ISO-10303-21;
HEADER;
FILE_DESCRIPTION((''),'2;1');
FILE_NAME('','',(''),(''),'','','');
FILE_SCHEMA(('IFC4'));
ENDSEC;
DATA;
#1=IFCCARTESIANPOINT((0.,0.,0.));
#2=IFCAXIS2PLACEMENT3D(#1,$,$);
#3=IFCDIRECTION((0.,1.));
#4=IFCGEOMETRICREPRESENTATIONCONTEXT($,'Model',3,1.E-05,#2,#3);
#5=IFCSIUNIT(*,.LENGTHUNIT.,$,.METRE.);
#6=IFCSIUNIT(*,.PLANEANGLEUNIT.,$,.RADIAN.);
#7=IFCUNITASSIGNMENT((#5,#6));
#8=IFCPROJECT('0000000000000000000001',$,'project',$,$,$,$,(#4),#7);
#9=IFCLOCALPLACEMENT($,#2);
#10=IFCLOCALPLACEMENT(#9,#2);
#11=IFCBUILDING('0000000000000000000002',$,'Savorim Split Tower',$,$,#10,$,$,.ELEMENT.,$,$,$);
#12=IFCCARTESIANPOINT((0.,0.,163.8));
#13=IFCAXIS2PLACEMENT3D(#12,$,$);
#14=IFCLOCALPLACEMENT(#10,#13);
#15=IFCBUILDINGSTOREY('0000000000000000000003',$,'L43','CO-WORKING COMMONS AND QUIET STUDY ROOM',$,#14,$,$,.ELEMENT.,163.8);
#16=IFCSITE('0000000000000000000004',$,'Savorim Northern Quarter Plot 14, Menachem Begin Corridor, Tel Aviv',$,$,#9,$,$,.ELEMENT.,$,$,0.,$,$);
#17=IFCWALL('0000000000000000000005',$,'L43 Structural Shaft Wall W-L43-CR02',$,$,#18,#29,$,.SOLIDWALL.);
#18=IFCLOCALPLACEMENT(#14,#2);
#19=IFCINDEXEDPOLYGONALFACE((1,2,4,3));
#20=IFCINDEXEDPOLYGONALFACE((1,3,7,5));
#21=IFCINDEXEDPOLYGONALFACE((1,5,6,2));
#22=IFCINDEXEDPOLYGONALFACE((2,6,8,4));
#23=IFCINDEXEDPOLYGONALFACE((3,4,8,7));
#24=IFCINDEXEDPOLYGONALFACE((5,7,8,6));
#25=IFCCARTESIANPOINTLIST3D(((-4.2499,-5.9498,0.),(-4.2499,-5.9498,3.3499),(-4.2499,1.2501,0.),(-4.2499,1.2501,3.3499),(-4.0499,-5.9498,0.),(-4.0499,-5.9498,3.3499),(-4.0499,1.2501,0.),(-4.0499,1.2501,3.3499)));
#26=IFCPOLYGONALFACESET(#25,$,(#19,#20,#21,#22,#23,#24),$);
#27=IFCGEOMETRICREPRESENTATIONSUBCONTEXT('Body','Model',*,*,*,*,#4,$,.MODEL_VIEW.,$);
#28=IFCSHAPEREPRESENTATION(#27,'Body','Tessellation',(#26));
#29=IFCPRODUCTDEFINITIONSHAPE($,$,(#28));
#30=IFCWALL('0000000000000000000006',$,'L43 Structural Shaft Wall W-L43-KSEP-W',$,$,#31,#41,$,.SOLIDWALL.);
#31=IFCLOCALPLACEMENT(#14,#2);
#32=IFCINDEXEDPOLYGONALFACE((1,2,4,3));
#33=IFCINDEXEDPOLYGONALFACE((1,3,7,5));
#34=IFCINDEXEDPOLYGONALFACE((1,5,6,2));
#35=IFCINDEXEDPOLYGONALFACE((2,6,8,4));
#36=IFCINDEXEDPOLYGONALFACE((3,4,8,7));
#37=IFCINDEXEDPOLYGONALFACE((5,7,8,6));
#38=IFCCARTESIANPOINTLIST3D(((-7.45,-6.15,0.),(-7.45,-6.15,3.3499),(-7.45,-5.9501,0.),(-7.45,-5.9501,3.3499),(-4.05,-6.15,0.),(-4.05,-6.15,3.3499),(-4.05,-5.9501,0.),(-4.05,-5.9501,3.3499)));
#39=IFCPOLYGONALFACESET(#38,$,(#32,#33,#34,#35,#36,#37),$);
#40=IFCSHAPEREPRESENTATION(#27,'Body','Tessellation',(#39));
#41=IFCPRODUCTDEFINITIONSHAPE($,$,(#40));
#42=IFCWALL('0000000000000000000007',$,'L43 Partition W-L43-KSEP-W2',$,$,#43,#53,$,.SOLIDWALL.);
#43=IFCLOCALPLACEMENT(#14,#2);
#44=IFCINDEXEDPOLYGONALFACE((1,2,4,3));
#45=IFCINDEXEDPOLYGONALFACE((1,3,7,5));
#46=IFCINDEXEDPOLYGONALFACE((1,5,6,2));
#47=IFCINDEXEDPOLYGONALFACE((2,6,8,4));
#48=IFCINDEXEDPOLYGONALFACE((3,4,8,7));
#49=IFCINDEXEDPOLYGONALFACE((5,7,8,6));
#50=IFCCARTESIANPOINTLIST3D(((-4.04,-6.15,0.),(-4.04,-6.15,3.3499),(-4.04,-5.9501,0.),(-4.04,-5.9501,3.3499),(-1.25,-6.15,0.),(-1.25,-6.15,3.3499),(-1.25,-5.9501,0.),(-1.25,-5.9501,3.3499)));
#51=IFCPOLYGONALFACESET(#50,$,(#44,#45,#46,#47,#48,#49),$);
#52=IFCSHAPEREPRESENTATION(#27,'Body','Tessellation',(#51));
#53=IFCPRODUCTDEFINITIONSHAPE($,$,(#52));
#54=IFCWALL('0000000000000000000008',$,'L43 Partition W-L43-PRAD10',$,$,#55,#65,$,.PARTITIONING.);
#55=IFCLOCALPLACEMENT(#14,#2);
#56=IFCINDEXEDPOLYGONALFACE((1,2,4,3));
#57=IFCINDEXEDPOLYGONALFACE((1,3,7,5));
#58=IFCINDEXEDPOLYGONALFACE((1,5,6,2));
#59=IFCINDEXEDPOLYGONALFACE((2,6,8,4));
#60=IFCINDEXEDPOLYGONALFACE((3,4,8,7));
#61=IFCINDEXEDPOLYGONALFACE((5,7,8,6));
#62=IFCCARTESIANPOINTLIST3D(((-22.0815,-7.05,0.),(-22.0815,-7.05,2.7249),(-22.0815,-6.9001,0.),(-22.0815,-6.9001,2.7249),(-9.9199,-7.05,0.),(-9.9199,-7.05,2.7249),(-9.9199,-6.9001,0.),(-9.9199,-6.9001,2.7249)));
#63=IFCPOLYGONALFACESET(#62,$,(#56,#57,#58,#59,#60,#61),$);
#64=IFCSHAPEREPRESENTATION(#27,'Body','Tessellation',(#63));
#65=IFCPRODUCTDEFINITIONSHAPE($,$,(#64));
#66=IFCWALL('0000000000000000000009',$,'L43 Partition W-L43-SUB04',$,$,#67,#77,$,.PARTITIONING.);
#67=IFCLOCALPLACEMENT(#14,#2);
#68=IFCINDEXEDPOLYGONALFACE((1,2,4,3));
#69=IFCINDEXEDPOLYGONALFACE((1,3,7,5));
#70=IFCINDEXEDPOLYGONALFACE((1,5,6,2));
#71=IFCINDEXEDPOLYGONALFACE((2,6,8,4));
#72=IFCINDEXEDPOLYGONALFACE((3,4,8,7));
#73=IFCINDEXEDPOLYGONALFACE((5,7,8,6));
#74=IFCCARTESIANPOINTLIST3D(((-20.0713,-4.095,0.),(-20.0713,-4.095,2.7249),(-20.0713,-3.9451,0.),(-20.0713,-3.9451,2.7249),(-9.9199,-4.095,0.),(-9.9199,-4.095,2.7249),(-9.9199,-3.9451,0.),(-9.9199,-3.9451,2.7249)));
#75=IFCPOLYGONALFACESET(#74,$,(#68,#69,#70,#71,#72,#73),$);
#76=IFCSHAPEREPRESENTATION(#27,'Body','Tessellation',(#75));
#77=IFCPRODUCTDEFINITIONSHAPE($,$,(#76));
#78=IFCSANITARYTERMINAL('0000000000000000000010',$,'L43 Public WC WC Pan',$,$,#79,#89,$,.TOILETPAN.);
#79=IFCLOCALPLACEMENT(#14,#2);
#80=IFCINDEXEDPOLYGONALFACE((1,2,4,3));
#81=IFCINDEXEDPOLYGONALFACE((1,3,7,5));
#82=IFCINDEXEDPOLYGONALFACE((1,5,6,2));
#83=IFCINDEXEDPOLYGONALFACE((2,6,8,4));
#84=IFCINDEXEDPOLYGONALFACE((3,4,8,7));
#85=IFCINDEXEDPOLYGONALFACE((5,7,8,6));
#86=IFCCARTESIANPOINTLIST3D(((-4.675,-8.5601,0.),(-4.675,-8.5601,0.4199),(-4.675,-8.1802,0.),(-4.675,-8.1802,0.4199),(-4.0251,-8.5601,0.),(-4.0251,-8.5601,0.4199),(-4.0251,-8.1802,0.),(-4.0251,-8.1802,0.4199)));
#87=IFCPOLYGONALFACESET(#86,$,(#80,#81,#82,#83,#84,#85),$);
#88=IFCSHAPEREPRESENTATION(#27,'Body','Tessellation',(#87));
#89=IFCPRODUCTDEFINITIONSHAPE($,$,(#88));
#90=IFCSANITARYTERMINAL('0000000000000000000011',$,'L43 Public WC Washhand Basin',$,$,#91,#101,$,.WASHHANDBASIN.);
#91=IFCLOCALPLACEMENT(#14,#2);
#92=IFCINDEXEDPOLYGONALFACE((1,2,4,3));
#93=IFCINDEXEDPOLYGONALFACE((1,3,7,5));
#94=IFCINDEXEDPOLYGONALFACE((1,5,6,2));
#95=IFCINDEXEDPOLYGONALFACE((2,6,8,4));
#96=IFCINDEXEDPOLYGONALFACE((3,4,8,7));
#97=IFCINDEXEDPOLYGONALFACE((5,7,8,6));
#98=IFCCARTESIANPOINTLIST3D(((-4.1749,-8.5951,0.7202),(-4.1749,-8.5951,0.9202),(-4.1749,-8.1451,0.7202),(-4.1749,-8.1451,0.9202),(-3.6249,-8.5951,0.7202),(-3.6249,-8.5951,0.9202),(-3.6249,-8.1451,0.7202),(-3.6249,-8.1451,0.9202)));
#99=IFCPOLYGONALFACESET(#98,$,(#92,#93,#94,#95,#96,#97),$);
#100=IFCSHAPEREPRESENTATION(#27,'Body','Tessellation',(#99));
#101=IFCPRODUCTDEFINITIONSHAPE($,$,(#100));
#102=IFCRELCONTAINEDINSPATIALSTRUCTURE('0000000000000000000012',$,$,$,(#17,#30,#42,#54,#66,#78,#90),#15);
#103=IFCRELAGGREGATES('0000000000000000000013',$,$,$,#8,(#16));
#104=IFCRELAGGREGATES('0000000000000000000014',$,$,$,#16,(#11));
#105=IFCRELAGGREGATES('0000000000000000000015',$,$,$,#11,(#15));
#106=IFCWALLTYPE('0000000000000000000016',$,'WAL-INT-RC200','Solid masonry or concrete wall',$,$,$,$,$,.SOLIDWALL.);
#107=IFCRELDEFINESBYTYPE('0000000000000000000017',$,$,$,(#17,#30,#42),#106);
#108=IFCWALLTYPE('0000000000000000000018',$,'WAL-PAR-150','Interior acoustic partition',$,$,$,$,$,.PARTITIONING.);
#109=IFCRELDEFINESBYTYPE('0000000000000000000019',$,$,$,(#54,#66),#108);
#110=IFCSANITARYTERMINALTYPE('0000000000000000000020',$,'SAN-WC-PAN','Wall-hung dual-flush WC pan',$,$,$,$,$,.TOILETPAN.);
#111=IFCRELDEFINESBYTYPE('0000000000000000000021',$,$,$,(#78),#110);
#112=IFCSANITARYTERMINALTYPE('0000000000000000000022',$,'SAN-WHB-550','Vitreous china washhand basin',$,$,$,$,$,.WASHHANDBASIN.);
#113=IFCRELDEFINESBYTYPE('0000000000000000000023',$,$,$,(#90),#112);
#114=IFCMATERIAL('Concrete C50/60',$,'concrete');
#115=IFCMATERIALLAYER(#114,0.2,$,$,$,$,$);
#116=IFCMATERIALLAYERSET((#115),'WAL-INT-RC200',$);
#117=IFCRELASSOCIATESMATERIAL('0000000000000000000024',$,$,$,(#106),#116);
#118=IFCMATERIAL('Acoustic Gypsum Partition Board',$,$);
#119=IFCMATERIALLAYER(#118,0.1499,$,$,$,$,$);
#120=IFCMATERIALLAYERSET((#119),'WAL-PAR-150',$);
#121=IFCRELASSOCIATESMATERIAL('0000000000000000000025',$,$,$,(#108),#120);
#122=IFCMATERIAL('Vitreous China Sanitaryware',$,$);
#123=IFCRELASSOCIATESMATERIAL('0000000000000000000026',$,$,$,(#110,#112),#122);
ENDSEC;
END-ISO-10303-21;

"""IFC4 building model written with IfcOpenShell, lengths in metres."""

from ifc_helpers import new_model, si_unit, direction, frame, frame_2d, origin, origin_2d, place, context, subcontext, project, spatial, rectangle, extrude, material, layer, layer_set, type_object, element, save


model = new_model("IFC4")

# Units and contexts
model_context = context("Model", 3, precision=1e-05, world=origin(), true_north=direction((0.0, 1.0)))
body_context = subcontext(model_context, "Body", "Model", "MODEL_VIEW")
ifc_project = project(units=[si_unit("LENGTHUNIT", "METRE"), si_unit("PLANEANGLEUNIT", "RADIAN")], contexts=[model_context])

# Site, building, storey
site_placement = place(None, origin())
site = spatial("IfcSite", under=ifc_project, at=site_placement, Name="Savorim Northern Quarter Plot 14, Menachem Begin Corridor, Tel Aviv", CompositionType="ELEMENT", RefElevation=0.0)
building_placement = place(site_placement, origin())
building = spatial("IfcBuilding", under=site, at=building_placement, Name="Savorim Split Tower", CompositionType="ELEMENT")
storey_placement = place(building_placement, frame((0.0, 0.0, 163.8)))
storey = spatial("IfcBuildingStorey", under=building, at=storey_placement, Name="L43", Description="CO-WORKING COMMONS AND QUIET STUDY ROOM", CompositionType="ELEMENT", Elevation=163.8)

# Wall
ifc_material_1 = material(Name="Concrete C50/60", Category="concrete")
ifc_layer_1 = layer(ifc_material_1, 0.2)
ifc_layer_set_1 = layer_set([ifc_layer_1], Name="WAL-INT-RC200")
wall_type_1 = type_object("IfcWallType", Name="WAL-INT-RC200", Description="Solid masonry or concrete wall", PredefinedType="SOLIDWALL", material=ifc_layer_set_1)
wall_1_placement = place(storey_placement, frame((-4.1499, -5.95, 0.0), z_axis=(0.0, 0.0, 1.0), x_axis=(0.0, 1.0, 0.0)))
element("IfcWall", 1, at=wall_1_placement, inside=storey, type_object=wall_type_1, Name="L43 Structural Shaft Wall W-L43-CR02", PredefinedType="SOLIDWALL", context=body_context, shape_type="SweptSolid", body=[
    extrude(rectangle(XDim=7.2, YDim=0.2, at=frame_2d((3.6001, 0.0))), origin(), (0.0, 0.0, 1.0), 3.3499),
])

# Walls
wall_2_placement = place(storey_placement, frame((-7.45, -6.05, 0.0), z_axis=(0.0, 0.0, 1.0), x_axis=(1.0, 0.0, 0.0)))
element("IfcWall", 2, at=wall_2_placement, inside=storey, type_object=wall_type_1, Name="L43 Structural Shaft Wall W-L43-KSEP-W", PredefinedType="SOLIDWALL", context=body_context, shape_type="SweptSolid", body=[
    extrude(rectangle(XDim=3.3999, YDim=0.2, at=frame_2d((1.7, 0.0))), origin(), (0.0, 0.0, 1.0), 3.3499),
])
wall_3_placement = place(storey_placement, frame((-4.04, -6.05, 0.0), z_axis=(0.0, 0.0, 1.0), x_axis=(1.0, 0.0, 0.0)))
element("IfcWall", 3, at=wall_3_placement, inside=storey, type_object=wall_type_1, Name="L43 Partition W-L43-KSEP-W2", PredefinedType="SOLIDWALL", context=body_context, shape_type="SweptSolid", body=[
    extrude(rectangle(XDim=2.79, YDim=0.2, at=frame_2d((1.395, 0.0))), origin(), (0.0, 0.0, 1.0), 3.3499),
])
ifc_material_2 = material(Name="Acoustic Gypsum Partition Board")
ifc_layer_2 = layer(ifc_material_2, 0.1499)
ifc_layer_set_2 = layer_set([ifc_layer_2], Name="WAL-PAR-150")
wall_type_2 = type_object("IfcWallType", Name="WAL-PAR-150", Description="Interior acoustic partition", PredefinedType="PARTITIONING", material=ifc_layer_set_2)
wall_4_placement = place(storey_placement, frame((-9.9199, -6.9751, 0.0), z_axis=(0.0, 0.0, 1.0), x_axis=(-1.0, 0.0, 0.0)))
element("IfcWall", 4, at=wall_4_placement, inside=storey, type_object=wall_type_2, Name="L43 Partition W-L43-PRAD10", PredefinedType="PARTITIONING", context=body_context, shape_type="SweptSolid", body=[
    extrude(rectangle(XDim=12.1616, YDim=0.1499, at=frame_2d((6.0808, 0.0))), origin(), (0.0, 0.0, 1.0), 2.7249),
])
wall_5_placement = place(storey_placement, frame((-9.9199, -4.02, 0.0), z_axis=(0.0, 0.0, 1.0), x_axis=(-1.0, 0.0, 0.0)))
element("IfcWall", 5, at=wall_5_placement, inside=storey, type_object=wall_type_2, Name="L43 Partition W-L43-SUB04", PredefinedType="PARTITIONING", context=body_context, shape_type="SweptSolid", body=[
    extrude(rectangle(XDim=10.1514, YDim=0.1499, at=frame_2d((5.0757, 0.0))), origin(), (0.0, 0.0, 1.0), 2.7249),
])

# Sanitary terminals
ifc_material_3 = material(Name="Vitreous China Sanitaryware")
sanitary_terminal_type_1 = type_object("IfcSanitaryTerminalType", Name="SAN-WC-PAN", Description="Wall-hung dual-flush WC pan", PredefinedType="TOILETPAN", material=ifc_material_3)
sanitary_terminal_1_placement = place(storey_placement, frame((-4.3501, -8.3701, 0.0), z_axis=(0.0, 0.0, 1.0), x_axis=(1.0, 0.0, 0.0)))
element("IfcSanitaryTerminal", 6, at=sanitary_terminal_1_placement, inside=storey, type_object=sanitary_terminal_type_1, Name="L43 Public WC WC Pan", PredefinedType="TOILETPAN", context=body_context, shape_type="SweptSolid", body=[
    extrude(rectangle(XDim=0.6499, YDim=0.3799, at=origin_2d()), origin(), (0.0, 0.0, 1.0), 0.4199),
])
sanitary_terminal_type_2 = type_object("IfcSanitaryTerminalType", Name="SAN-WHB-550", Description="Vitreous china washhand basin", PredefinedType="WASHHANDBASIN", material=ifc_material_3)
sanitary_terminal_2_placement = place(storey_placement, frame((-3.8999, -8.3701, 0.7202), z_axis=(0.0, 0.0, 1.0), x_axis=(1.0, 0.0, 0.0)))
element("IfcSanitaryTerminal", 7, at=sanitary_terminal_2_placement, inside=storey, type_object=sanitary_terminal_type_2, Name="L43 Public WC Washhand Basin", PredefinedType="WASHHANDBASIN", context=body_context, shape_type="SweptSolid", body=[
    extrude(rectangle(XDim=0.55, YDim=0.45, at=origin_2d()), origin(), (0.0, 0.0, 1.0), 0.2),
])

save(model, "model.ifc")
